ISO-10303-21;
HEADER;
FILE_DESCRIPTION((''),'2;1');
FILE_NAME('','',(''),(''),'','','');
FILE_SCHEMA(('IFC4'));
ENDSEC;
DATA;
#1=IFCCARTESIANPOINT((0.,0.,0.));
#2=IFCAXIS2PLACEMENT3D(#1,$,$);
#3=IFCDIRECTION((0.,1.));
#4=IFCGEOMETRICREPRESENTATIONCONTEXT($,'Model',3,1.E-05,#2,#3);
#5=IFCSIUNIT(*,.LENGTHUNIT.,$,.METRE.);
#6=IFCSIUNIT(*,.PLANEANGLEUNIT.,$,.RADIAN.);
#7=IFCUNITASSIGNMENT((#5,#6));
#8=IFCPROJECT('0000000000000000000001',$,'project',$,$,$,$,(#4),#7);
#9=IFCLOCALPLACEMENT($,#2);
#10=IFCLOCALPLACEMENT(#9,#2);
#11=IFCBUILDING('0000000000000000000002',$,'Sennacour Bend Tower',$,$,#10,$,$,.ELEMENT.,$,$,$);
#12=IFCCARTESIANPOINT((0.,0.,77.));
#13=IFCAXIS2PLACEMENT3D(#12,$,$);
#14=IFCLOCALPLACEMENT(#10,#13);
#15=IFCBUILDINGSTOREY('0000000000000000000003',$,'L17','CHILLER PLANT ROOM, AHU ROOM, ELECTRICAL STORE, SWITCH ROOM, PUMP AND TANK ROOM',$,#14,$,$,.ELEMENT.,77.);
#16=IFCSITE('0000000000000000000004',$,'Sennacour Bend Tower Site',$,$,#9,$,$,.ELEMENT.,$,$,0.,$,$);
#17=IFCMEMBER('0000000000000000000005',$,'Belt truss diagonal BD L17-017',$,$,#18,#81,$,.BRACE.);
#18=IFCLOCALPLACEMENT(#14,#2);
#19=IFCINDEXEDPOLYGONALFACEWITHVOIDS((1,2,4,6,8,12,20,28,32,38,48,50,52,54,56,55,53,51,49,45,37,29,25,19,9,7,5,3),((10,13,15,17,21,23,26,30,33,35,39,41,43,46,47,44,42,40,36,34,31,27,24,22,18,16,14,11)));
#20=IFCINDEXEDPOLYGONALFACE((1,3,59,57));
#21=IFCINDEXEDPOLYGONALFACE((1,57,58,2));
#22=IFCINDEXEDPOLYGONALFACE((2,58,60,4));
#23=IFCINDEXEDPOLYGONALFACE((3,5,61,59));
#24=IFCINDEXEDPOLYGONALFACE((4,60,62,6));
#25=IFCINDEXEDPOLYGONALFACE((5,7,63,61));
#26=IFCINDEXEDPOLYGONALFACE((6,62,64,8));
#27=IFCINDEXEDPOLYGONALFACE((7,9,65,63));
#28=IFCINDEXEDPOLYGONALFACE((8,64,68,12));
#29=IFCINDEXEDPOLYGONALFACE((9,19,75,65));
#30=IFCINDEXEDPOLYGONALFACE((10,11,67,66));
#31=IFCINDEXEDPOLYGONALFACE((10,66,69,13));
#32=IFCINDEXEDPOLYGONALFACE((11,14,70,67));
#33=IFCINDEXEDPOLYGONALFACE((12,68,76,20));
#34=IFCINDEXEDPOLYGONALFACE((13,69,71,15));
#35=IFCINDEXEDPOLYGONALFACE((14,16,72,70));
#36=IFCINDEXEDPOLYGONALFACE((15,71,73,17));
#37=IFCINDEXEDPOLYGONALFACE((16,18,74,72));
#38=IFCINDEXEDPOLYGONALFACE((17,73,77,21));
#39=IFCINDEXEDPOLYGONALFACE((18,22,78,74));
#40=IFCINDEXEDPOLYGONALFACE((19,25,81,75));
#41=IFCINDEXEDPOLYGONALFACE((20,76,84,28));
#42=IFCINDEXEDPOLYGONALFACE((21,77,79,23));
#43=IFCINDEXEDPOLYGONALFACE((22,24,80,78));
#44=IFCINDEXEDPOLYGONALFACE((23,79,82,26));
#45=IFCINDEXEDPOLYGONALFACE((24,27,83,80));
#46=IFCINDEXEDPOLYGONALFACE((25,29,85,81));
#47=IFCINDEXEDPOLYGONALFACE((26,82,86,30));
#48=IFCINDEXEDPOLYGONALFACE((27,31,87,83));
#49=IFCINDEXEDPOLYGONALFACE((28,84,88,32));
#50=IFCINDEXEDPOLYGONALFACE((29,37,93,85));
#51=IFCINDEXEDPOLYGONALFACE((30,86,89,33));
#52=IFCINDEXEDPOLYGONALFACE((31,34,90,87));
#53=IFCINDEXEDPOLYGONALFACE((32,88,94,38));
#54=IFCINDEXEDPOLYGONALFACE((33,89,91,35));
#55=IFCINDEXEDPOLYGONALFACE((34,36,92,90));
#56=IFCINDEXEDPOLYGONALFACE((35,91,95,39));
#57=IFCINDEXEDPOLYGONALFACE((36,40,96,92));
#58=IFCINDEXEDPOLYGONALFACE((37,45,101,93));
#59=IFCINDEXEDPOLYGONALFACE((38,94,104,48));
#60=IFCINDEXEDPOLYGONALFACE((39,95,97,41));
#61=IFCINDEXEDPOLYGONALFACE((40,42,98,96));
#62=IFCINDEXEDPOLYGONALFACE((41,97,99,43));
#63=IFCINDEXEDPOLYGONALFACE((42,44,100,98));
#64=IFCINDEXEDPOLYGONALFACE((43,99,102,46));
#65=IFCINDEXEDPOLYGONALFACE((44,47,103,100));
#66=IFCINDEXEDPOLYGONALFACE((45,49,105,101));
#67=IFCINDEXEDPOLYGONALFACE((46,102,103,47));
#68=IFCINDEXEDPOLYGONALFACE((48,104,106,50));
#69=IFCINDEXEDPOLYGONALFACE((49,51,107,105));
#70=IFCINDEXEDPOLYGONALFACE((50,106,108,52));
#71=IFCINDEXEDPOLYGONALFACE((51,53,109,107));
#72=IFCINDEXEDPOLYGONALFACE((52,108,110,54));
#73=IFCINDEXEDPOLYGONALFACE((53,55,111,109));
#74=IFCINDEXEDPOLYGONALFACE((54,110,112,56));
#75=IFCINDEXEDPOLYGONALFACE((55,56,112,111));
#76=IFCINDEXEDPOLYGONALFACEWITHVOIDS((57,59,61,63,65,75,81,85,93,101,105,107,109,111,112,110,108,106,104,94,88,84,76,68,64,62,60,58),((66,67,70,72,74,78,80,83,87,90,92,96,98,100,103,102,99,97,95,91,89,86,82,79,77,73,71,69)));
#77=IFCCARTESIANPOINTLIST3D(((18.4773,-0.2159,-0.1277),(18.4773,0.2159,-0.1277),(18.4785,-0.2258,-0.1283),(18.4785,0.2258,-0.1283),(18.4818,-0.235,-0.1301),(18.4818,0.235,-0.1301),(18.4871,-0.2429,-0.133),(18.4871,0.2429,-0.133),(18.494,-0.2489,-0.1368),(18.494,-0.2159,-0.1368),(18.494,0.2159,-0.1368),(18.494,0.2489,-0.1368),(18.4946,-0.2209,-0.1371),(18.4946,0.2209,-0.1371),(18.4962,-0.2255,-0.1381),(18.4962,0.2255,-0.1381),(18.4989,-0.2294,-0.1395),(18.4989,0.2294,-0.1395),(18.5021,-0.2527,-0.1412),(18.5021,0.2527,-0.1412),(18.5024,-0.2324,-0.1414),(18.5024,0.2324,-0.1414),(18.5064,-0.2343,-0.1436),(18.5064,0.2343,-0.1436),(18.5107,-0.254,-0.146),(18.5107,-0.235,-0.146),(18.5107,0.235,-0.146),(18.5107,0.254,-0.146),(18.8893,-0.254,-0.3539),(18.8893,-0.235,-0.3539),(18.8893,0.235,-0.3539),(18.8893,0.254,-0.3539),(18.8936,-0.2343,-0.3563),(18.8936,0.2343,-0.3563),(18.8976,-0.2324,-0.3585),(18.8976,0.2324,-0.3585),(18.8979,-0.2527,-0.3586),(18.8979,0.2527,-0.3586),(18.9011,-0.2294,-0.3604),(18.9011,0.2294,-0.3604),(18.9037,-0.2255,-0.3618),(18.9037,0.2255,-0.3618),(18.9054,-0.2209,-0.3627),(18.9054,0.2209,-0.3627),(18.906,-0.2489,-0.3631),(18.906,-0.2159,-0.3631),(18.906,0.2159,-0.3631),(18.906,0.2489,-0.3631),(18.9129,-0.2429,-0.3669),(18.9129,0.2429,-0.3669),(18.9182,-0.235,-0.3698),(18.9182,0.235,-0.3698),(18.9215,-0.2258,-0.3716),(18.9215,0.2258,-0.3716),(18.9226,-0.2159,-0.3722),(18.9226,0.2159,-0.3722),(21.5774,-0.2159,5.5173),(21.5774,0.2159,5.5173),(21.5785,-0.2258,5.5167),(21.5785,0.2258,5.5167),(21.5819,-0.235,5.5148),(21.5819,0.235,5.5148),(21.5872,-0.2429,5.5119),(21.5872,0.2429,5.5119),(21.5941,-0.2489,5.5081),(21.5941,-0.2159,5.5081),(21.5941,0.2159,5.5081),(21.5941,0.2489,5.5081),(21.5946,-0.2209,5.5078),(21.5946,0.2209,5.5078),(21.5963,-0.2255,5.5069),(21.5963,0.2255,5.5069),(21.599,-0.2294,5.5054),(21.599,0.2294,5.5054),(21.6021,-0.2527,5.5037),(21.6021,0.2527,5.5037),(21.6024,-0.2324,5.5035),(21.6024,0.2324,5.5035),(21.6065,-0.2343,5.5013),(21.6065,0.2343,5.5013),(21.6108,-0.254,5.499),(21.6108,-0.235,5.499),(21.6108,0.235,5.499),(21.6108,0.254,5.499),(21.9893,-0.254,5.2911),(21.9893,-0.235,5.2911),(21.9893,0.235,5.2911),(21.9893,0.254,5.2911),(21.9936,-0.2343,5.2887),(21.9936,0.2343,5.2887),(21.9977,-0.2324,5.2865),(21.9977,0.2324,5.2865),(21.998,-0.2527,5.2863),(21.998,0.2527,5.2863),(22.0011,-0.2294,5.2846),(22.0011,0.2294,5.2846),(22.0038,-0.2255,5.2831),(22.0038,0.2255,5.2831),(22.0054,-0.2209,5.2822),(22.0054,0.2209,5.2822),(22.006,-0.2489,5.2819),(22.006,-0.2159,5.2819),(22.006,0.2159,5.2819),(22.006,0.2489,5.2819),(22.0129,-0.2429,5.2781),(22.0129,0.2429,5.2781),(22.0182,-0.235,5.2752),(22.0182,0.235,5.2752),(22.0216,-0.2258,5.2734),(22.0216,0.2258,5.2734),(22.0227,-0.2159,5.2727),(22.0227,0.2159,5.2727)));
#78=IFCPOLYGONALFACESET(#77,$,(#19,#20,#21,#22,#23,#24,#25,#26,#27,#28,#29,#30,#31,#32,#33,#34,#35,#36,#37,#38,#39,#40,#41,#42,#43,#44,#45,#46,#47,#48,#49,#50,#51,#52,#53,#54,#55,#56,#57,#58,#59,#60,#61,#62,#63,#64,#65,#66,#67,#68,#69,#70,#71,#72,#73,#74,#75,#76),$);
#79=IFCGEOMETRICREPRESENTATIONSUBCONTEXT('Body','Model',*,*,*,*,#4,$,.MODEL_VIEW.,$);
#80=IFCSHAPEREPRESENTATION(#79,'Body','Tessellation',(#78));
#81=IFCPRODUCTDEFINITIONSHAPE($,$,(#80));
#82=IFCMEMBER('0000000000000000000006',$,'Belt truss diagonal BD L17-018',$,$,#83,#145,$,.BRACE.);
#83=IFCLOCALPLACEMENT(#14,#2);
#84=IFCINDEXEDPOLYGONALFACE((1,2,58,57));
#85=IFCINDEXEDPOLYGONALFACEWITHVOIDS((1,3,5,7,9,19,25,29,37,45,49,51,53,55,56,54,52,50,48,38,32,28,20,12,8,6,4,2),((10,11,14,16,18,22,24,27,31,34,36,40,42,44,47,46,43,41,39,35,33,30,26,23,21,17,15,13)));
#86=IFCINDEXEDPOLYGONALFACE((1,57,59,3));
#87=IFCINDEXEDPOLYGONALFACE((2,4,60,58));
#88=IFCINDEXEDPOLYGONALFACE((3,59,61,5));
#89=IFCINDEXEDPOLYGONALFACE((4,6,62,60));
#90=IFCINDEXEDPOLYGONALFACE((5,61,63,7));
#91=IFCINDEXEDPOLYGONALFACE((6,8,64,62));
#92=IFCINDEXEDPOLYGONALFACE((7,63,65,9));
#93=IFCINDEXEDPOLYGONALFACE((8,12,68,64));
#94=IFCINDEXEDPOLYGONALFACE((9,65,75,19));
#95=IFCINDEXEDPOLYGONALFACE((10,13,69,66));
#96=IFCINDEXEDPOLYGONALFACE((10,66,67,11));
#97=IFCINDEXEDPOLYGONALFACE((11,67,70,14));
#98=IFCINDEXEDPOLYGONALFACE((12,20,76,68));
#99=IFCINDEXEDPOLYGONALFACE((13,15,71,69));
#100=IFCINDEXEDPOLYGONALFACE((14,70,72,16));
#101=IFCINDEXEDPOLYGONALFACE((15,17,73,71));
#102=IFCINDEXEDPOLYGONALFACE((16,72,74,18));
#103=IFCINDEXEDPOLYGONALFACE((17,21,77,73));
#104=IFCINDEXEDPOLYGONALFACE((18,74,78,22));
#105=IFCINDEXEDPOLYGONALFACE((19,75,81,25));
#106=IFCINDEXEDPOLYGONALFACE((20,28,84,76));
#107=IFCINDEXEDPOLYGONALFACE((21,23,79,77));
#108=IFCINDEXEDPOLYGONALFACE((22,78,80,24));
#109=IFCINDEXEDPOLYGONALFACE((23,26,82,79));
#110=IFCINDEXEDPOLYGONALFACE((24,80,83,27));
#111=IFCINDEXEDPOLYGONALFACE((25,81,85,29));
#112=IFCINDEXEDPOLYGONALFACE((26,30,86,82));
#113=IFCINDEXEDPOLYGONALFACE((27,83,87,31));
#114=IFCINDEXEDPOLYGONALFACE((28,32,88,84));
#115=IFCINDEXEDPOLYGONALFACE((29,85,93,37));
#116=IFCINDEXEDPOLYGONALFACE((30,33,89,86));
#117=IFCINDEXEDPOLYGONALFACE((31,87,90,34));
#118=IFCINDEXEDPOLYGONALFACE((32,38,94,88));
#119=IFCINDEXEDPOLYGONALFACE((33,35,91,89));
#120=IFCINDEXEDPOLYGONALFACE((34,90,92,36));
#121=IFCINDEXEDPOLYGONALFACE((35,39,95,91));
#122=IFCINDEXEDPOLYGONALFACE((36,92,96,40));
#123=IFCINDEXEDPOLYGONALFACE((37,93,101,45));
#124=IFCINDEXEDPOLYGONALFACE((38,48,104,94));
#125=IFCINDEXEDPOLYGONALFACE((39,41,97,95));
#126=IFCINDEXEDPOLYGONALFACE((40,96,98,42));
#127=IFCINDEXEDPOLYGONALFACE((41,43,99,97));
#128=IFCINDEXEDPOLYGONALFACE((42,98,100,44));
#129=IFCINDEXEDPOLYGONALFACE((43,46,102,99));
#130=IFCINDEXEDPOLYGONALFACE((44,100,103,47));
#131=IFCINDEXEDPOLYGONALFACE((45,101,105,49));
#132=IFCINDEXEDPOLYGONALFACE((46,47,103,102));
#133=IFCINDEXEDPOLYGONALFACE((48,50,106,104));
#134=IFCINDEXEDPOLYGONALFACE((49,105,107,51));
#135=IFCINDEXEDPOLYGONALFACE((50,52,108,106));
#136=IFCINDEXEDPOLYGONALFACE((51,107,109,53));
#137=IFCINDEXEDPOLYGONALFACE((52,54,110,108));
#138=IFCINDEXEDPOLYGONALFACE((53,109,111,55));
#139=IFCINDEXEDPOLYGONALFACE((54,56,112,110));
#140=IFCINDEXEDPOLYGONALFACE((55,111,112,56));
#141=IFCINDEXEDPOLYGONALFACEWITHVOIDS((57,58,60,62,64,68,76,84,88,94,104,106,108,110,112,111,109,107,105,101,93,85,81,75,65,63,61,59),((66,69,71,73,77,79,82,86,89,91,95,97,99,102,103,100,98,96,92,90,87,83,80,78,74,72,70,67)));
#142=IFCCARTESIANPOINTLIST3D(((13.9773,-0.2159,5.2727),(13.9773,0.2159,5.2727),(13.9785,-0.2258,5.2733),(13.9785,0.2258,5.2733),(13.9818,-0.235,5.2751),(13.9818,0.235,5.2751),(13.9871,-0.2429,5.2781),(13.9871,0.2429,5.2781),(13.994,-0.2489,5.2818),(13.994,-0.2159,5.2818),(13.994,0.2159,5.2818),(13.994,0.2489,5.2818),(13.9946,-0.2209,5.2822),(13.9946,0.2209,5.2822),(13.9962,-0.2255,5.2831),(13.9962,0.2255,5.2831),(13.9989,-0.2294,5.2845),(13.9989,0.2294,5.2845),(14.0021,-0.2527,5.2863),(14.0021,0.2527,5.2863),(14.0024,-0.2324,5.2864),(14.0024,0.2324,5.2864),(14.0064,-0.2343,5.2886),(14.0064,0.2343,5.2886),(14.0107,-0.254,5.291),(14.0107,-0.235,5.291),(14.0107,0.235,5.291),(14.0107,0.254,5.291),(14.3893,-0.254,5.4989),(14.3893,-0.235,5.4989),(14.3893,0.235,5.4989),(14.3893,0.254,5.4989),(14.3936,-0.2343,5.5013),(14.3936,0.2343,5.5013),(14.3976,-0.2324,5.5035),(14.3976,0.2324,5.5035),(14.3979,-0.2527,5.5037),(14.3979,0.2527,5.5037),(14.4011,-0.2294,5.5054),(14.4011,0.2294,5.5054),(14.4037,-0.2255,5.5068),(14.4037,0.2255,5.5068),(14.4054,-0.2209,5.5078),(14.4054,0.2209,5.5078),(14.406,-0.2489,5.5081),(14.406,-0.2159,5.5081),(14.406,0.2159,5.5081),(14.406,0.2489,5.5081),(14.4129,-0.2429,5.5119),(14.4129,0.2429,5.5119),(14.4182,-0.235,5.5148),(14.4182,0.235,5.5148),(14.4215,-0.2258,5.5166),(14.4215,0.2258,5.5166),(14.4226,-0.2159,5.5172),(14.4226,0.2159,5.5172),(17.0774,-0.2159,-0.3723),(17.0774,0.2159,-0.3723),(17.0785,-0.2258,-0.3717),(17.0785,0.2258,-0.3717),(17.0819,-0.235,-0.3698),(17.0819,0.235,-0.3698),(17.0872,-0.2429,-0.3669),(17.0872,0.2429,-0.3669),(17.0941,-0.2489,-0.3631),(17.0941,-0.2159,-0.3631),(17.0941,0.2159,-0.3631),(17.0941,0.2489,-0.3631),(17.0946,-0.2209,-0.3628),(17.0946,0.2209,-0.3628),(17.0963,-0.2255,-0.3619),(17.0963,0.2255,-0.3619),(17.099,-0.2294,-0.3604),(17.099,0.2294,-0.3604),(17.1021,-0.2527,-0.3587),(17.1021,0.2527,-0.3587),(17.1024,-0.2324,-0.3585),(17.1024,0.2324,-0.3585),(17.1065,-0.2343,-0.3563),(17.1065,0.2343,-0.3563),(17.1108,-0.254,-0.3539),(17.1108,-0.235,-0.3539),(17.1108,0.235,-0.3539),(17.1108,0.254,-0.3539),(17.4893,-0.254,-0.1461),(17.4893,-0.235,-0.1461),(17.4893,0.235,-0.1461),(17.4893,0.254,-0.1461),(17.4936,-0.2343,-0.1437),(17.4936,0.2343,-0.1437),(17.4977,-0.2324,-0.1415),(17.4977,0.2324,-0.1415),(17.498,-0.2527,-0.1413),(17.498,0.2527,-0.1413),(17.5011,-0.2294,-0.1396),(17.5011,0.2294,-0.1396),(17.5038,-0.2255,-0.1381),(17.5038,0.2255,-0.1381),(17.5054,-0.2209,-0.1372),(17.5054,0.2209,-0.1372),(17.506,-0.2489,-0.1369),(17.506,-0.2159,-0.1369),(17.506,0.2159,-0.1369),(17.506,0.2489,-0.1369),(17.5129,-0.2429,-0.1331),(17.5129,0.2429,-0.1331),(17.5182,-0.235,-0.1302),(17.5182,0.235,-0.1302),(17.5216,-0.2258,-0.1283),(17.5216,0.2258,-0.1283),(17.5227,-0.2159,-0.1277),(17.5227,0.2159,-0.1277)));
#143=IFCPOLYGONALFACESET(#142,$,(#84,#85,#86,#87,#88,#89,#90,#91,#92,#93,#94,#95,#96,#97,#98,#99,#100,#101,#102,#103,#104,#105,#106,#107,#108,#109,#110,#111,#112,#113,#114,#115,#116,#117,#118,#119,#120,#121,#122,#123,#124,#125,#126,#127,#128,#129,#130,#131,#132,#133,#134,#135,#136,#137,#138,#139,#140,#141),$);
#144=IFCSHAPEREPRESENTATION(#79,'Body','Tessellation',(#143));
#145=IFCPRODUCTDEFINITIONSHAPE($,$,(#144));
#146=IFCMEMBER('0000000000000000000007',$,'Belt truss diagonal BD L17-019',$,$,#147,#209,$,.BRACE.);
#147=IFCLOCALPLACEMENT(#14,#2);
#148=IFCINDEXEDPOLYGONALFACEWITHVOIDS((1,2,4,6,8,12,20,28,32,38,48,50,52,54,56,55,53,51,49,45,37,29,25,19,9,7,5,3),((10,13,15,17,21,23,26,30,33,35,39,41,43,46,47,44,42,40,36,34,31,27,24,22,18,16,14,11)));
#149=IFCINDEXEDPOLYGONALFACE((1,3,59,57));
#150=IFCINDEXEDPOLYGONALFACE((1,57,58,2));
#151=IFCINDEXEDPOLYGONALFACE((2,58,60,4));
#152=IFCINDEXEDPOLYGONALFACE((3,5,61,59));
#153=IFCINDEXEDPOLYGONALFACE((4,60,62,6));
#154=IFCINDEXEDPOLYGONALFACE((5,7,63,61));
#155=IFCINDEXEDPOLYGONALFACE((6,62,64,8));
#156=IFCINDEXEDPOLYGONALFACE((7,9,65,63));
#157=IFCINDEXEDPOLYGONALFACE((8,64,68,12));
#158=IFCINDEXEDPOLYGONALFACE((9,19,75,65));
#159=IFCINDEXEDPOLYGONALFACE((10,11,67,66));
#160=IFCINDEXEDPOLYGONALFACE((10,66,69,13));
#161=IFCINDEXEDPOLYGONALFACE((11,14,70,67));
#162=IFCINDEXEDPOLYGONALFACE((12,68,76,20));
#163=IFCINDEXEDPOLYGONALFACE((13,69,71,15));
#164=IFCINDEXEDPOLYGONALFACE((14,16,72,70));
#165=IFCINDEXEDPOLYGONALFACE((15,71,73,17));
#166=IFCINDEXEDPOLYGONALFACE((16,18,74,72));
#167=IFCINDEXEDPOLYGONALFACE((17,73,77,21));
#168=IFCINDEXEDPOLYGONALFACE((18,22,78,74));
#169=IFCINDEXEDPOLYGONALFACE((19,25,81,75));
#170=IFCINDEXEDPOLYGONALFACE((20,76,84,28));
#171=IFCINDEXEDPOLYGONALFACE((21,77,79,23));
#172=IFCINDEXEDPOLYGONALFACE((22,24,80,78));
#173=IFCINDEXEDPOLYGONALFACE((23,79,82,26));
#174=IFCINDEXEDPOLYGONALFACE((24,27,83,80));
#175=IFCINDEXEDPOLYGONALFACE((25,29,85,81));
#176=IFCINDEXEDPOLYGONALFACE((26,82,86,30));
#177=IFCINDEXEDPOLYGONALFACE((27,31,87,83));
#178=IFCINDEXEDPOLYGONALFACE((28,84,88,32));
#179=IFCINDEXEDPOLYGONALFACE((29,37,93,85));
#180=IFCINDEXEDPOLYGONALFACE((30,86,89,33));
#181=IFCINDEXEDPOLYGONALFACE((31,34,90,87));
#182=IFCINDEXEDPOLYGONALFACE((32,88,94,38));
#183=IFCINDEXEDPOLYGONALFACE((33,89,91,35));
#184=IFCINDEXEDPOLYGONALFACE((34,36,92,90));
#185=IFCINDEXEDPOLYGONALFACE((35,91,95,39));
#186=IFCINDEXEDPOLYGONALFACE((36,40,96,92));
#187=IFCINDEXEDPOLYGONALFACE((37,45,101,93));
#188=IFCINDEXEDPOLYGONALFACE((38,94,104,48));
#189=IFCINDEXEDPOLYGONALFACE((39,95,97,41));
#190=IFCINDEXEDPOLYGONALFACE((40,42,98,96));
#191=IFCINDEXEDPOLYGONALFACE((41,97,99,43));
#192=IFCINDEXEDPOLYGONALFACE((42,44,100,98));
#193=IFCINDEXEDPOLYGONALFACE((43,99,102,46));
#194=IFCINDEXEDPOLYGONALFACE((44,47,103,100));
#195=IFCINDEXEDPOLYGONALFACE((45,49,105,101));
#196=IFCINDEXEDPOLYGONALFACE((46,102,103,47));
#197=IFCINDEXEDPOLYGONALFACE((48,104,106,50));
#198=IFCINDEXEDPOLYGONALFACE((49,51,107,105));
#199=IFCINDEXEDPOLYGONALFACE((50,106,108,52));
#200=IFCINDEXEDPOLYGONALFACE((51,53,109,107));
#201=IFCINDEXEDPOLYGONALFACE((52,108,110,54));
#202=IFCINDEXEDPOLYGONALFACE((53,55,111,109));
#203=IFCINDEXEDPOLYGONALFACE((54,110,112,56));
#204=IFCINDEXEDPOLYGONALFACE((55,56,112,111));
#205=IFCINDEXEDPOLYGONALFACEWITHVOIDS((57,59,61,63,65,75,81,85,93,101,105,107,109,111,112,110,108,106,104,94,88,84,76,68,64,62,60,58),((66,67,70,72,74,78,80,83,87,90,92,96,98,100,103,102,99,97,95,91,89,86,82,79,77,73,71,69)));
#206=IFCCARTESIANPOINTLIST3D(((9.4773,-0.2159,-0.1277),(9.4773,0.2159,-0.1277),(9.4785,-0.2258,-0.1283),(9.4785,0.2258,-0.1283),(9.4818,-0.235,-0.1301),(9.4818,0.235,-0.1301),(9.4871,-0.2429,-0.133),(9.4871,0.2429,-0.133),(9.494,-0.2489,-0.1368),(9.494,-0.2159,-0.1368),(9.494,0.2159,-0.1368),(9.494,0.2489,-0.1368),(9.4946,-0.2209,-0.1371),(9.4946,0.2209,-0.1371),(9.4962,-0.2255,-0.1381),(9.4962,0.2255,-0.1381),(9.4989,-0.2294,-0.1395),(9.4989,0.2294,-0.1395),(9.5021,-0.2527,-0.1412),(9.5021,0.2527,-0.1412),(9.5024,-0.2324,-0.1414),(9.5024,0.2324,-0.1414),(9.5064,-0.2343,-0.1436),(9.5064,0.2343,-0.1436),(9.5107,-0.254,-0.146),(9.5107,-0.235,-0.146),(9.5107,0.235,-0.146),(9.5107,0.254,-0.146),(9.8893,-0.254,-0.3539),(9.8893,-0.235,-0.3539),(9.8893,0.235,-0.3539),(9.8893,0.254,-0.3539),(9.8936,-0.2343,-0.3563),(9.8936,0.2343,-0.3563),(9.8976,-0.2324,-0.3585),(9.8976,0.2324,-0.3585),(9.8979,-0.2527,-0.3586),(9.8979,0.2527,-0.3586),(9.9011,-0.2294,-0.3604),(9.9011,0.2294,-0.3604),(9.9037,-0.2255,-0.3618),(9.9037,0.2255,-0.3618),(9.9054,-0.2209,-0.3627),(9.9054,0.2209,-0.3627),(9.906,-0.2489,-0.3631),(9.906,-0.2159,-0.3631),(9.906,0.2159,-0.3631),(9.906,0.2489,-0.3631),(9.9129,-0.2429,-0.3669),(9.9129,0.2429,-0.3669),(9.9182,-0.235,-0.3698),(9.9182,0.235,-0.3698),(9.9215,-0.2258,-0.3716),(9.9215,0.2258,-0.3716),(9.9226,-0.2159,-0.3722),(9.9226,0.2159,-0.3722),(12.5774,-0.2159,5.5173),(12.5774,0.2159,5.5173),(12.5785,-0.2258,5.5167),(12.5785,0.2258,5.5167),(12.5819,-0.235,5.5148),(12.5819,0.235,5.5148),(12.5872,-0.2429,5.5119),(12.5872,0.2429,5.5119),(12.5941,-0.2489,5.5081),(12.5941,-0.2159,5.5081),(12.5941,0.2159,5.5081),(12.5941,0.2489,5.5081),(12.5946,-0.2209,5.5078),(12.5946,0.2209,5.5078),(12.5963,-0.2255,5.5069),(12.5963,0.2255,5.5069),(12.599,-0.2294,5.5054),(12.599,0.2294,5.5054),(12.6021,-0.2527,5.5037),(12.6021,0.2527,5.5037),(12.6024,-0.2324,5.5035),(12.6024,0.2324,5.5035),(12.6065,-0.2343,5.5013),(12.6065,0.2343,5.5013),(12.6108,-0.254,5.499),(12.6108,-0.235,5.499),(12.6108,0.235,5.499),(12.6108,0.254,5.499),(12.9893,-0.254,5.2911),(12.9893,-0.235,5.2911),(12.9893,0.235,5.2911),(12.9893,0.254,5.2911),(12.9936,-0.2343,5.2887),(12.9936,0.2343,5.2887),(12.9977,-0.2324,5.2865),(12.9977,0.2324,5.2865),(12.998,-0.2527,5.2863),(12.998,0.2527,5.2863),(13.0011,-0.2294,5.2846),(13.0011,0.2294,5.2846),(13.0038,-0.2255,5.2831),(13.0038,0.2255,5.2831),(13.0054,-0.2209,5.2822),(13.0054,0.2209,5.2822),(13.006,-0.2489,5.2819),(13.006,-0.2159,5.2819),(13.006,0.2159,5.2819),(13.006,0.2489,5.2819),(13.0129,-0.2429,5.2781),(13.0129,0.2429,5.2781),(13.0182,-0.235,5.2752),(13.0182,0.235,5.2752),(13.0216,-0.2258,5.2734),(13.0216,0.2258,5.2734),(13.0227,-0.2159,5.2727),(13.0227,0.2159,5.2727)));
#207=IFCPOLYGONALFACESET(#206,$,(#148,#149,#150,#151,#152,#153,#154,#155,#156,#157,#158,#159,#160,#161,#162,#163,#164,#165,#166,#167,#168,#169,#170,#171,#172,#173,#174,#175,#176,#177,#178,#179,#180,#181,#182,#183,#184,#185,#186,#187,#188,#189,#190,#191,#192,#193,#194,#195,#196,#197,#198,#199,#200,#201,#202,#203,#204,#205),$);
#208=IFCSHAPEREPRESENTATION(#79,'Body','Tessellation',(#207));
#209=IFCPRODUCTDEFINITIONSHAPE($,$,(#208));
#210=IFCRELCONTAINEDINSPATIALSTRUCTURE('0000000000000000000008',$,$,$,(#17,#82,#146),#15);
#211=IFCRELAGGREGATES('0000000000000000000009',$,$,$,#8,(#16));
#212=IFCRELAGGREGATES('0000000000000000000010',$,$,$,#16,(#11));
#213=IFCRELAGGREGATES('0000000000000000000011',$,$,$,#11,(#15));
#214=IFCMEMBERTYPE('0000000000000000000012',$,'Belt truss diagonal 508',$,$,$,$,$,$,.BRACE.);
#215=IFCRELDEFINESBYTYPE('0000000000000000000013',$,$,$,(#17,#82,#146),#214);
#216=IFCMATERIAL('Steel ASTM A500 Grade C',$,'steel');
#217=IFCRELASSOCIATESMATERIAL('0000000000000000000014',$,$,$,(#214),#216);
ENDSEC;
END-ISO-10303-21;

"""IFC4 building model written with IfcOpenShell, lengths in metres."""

from ifc_helpers import new_model, si_unit, direction, frame, origin, origin_2d, place, context, subcontext, project, spatial, hollow_rectangle, extrude, material, material_profile, profile_set, type_object, element, save


model = new_model("IFC4")

# Units and contexts
model_context = context("Model", 3, precision=1e-05, world=origin(), true_north=direction((0.0, 1.0)))
body_context = subcontext(model_context, "Body", "Model", "MODEL_VIEW")
ifc_project = project(units=[si_unit("LENGTHUNIT", "METRE"), si_unit("PLANEANGLEUNIT", "RADIAN")], contexts=[model_context])

# Site, building, storey
site_placement = place(None, origin())
site = spatial("IfcSite", under=ifc_project, at=site_placement, Name="Sennacour Bend Tower Site", CompositionType="ELEMENT", RefElevation=0.0)
building_placement = place(site_placement, origin())
building = spatial("IfcBuilding", under=site, at=building_placement, Name="Sennacour Bend Tower", CompositionType="ELEMENT")
storey_placement = place(building_placement, frame((0.0, 0.0, 77.0)))
storey = spatial("IfcBuildingStorey", under=building, at=storey_placement, Name="L17", Description="CHILLER PLANT ROOM, AHU ROOM, ELECTRICAL STORE, SWITCH ROOM, PUMP AND TANK ROOM", CompositionType="ELEMENT", Elevation=77.0)

# Members
ifc_material_1 = material(Name="Steel ASTM A500 Grade C", Category="steel")
ifc_material_profile_1 = material_profile(ifc_material_1, hollow_rectangle(XDim=0.5081, YDim=0.5081, WallThickness=0.019, InnerFilletRadius=0.019, OuterFilletRadius=0.0381, at=origin_2d()), Name="Steel ASTM A500 Grade C", Category="steel")
ifc_profile_set_1 = profile_set([ifc_material_profile_1], Name="Steel ASTM A500 Grade C")
member_type_1 = type_object("IfcMemberType", Name="Belt truss diagonal 508", PredefinedType="BRACE", material=ifc_profile_set_1)
for number, where, z_axis, x_axis, name in (
    (1, (21.8, 0.0, 5.395), (-0.481363, 0.0, -0.876521), (0.0, -1.0, 0.0), "Belt truss diagonal BD L17-017"),
    (2, (17.3, 0.0, -0.25), (-0.481363, 0.0, 0.876521), (0.0, -1.0, 0.0), "Belt truss diagonal BD L17-018"),
    (3, (12.8, 0.0, 5.395), (-0.481363, 0.0, -0.876521), (0.0, -1.0, 0.0), "Belt truss diagonal BD L17-019"),
):
    element("IfcMember", number, at=place(storey_placement, frame(where, z_axis=z_axis, x_axis=x_axis)), inside=storey, type_object=member_type_1, Name=name, PredefinedType="BRACE", context=body_context, shape_type="SweptSolid", body=[
        extrude(hollow_rectangle(XDim=0.5081, YDim=0.5081, WallThickness=0.019, InnerFilletRadius=0.019, OuterFilletRadius=0.0381, at=origin_2d()), origin(), (0.0, 0.0, 1.0), 6.4402),
    ])

save(model, "model.ifc")
